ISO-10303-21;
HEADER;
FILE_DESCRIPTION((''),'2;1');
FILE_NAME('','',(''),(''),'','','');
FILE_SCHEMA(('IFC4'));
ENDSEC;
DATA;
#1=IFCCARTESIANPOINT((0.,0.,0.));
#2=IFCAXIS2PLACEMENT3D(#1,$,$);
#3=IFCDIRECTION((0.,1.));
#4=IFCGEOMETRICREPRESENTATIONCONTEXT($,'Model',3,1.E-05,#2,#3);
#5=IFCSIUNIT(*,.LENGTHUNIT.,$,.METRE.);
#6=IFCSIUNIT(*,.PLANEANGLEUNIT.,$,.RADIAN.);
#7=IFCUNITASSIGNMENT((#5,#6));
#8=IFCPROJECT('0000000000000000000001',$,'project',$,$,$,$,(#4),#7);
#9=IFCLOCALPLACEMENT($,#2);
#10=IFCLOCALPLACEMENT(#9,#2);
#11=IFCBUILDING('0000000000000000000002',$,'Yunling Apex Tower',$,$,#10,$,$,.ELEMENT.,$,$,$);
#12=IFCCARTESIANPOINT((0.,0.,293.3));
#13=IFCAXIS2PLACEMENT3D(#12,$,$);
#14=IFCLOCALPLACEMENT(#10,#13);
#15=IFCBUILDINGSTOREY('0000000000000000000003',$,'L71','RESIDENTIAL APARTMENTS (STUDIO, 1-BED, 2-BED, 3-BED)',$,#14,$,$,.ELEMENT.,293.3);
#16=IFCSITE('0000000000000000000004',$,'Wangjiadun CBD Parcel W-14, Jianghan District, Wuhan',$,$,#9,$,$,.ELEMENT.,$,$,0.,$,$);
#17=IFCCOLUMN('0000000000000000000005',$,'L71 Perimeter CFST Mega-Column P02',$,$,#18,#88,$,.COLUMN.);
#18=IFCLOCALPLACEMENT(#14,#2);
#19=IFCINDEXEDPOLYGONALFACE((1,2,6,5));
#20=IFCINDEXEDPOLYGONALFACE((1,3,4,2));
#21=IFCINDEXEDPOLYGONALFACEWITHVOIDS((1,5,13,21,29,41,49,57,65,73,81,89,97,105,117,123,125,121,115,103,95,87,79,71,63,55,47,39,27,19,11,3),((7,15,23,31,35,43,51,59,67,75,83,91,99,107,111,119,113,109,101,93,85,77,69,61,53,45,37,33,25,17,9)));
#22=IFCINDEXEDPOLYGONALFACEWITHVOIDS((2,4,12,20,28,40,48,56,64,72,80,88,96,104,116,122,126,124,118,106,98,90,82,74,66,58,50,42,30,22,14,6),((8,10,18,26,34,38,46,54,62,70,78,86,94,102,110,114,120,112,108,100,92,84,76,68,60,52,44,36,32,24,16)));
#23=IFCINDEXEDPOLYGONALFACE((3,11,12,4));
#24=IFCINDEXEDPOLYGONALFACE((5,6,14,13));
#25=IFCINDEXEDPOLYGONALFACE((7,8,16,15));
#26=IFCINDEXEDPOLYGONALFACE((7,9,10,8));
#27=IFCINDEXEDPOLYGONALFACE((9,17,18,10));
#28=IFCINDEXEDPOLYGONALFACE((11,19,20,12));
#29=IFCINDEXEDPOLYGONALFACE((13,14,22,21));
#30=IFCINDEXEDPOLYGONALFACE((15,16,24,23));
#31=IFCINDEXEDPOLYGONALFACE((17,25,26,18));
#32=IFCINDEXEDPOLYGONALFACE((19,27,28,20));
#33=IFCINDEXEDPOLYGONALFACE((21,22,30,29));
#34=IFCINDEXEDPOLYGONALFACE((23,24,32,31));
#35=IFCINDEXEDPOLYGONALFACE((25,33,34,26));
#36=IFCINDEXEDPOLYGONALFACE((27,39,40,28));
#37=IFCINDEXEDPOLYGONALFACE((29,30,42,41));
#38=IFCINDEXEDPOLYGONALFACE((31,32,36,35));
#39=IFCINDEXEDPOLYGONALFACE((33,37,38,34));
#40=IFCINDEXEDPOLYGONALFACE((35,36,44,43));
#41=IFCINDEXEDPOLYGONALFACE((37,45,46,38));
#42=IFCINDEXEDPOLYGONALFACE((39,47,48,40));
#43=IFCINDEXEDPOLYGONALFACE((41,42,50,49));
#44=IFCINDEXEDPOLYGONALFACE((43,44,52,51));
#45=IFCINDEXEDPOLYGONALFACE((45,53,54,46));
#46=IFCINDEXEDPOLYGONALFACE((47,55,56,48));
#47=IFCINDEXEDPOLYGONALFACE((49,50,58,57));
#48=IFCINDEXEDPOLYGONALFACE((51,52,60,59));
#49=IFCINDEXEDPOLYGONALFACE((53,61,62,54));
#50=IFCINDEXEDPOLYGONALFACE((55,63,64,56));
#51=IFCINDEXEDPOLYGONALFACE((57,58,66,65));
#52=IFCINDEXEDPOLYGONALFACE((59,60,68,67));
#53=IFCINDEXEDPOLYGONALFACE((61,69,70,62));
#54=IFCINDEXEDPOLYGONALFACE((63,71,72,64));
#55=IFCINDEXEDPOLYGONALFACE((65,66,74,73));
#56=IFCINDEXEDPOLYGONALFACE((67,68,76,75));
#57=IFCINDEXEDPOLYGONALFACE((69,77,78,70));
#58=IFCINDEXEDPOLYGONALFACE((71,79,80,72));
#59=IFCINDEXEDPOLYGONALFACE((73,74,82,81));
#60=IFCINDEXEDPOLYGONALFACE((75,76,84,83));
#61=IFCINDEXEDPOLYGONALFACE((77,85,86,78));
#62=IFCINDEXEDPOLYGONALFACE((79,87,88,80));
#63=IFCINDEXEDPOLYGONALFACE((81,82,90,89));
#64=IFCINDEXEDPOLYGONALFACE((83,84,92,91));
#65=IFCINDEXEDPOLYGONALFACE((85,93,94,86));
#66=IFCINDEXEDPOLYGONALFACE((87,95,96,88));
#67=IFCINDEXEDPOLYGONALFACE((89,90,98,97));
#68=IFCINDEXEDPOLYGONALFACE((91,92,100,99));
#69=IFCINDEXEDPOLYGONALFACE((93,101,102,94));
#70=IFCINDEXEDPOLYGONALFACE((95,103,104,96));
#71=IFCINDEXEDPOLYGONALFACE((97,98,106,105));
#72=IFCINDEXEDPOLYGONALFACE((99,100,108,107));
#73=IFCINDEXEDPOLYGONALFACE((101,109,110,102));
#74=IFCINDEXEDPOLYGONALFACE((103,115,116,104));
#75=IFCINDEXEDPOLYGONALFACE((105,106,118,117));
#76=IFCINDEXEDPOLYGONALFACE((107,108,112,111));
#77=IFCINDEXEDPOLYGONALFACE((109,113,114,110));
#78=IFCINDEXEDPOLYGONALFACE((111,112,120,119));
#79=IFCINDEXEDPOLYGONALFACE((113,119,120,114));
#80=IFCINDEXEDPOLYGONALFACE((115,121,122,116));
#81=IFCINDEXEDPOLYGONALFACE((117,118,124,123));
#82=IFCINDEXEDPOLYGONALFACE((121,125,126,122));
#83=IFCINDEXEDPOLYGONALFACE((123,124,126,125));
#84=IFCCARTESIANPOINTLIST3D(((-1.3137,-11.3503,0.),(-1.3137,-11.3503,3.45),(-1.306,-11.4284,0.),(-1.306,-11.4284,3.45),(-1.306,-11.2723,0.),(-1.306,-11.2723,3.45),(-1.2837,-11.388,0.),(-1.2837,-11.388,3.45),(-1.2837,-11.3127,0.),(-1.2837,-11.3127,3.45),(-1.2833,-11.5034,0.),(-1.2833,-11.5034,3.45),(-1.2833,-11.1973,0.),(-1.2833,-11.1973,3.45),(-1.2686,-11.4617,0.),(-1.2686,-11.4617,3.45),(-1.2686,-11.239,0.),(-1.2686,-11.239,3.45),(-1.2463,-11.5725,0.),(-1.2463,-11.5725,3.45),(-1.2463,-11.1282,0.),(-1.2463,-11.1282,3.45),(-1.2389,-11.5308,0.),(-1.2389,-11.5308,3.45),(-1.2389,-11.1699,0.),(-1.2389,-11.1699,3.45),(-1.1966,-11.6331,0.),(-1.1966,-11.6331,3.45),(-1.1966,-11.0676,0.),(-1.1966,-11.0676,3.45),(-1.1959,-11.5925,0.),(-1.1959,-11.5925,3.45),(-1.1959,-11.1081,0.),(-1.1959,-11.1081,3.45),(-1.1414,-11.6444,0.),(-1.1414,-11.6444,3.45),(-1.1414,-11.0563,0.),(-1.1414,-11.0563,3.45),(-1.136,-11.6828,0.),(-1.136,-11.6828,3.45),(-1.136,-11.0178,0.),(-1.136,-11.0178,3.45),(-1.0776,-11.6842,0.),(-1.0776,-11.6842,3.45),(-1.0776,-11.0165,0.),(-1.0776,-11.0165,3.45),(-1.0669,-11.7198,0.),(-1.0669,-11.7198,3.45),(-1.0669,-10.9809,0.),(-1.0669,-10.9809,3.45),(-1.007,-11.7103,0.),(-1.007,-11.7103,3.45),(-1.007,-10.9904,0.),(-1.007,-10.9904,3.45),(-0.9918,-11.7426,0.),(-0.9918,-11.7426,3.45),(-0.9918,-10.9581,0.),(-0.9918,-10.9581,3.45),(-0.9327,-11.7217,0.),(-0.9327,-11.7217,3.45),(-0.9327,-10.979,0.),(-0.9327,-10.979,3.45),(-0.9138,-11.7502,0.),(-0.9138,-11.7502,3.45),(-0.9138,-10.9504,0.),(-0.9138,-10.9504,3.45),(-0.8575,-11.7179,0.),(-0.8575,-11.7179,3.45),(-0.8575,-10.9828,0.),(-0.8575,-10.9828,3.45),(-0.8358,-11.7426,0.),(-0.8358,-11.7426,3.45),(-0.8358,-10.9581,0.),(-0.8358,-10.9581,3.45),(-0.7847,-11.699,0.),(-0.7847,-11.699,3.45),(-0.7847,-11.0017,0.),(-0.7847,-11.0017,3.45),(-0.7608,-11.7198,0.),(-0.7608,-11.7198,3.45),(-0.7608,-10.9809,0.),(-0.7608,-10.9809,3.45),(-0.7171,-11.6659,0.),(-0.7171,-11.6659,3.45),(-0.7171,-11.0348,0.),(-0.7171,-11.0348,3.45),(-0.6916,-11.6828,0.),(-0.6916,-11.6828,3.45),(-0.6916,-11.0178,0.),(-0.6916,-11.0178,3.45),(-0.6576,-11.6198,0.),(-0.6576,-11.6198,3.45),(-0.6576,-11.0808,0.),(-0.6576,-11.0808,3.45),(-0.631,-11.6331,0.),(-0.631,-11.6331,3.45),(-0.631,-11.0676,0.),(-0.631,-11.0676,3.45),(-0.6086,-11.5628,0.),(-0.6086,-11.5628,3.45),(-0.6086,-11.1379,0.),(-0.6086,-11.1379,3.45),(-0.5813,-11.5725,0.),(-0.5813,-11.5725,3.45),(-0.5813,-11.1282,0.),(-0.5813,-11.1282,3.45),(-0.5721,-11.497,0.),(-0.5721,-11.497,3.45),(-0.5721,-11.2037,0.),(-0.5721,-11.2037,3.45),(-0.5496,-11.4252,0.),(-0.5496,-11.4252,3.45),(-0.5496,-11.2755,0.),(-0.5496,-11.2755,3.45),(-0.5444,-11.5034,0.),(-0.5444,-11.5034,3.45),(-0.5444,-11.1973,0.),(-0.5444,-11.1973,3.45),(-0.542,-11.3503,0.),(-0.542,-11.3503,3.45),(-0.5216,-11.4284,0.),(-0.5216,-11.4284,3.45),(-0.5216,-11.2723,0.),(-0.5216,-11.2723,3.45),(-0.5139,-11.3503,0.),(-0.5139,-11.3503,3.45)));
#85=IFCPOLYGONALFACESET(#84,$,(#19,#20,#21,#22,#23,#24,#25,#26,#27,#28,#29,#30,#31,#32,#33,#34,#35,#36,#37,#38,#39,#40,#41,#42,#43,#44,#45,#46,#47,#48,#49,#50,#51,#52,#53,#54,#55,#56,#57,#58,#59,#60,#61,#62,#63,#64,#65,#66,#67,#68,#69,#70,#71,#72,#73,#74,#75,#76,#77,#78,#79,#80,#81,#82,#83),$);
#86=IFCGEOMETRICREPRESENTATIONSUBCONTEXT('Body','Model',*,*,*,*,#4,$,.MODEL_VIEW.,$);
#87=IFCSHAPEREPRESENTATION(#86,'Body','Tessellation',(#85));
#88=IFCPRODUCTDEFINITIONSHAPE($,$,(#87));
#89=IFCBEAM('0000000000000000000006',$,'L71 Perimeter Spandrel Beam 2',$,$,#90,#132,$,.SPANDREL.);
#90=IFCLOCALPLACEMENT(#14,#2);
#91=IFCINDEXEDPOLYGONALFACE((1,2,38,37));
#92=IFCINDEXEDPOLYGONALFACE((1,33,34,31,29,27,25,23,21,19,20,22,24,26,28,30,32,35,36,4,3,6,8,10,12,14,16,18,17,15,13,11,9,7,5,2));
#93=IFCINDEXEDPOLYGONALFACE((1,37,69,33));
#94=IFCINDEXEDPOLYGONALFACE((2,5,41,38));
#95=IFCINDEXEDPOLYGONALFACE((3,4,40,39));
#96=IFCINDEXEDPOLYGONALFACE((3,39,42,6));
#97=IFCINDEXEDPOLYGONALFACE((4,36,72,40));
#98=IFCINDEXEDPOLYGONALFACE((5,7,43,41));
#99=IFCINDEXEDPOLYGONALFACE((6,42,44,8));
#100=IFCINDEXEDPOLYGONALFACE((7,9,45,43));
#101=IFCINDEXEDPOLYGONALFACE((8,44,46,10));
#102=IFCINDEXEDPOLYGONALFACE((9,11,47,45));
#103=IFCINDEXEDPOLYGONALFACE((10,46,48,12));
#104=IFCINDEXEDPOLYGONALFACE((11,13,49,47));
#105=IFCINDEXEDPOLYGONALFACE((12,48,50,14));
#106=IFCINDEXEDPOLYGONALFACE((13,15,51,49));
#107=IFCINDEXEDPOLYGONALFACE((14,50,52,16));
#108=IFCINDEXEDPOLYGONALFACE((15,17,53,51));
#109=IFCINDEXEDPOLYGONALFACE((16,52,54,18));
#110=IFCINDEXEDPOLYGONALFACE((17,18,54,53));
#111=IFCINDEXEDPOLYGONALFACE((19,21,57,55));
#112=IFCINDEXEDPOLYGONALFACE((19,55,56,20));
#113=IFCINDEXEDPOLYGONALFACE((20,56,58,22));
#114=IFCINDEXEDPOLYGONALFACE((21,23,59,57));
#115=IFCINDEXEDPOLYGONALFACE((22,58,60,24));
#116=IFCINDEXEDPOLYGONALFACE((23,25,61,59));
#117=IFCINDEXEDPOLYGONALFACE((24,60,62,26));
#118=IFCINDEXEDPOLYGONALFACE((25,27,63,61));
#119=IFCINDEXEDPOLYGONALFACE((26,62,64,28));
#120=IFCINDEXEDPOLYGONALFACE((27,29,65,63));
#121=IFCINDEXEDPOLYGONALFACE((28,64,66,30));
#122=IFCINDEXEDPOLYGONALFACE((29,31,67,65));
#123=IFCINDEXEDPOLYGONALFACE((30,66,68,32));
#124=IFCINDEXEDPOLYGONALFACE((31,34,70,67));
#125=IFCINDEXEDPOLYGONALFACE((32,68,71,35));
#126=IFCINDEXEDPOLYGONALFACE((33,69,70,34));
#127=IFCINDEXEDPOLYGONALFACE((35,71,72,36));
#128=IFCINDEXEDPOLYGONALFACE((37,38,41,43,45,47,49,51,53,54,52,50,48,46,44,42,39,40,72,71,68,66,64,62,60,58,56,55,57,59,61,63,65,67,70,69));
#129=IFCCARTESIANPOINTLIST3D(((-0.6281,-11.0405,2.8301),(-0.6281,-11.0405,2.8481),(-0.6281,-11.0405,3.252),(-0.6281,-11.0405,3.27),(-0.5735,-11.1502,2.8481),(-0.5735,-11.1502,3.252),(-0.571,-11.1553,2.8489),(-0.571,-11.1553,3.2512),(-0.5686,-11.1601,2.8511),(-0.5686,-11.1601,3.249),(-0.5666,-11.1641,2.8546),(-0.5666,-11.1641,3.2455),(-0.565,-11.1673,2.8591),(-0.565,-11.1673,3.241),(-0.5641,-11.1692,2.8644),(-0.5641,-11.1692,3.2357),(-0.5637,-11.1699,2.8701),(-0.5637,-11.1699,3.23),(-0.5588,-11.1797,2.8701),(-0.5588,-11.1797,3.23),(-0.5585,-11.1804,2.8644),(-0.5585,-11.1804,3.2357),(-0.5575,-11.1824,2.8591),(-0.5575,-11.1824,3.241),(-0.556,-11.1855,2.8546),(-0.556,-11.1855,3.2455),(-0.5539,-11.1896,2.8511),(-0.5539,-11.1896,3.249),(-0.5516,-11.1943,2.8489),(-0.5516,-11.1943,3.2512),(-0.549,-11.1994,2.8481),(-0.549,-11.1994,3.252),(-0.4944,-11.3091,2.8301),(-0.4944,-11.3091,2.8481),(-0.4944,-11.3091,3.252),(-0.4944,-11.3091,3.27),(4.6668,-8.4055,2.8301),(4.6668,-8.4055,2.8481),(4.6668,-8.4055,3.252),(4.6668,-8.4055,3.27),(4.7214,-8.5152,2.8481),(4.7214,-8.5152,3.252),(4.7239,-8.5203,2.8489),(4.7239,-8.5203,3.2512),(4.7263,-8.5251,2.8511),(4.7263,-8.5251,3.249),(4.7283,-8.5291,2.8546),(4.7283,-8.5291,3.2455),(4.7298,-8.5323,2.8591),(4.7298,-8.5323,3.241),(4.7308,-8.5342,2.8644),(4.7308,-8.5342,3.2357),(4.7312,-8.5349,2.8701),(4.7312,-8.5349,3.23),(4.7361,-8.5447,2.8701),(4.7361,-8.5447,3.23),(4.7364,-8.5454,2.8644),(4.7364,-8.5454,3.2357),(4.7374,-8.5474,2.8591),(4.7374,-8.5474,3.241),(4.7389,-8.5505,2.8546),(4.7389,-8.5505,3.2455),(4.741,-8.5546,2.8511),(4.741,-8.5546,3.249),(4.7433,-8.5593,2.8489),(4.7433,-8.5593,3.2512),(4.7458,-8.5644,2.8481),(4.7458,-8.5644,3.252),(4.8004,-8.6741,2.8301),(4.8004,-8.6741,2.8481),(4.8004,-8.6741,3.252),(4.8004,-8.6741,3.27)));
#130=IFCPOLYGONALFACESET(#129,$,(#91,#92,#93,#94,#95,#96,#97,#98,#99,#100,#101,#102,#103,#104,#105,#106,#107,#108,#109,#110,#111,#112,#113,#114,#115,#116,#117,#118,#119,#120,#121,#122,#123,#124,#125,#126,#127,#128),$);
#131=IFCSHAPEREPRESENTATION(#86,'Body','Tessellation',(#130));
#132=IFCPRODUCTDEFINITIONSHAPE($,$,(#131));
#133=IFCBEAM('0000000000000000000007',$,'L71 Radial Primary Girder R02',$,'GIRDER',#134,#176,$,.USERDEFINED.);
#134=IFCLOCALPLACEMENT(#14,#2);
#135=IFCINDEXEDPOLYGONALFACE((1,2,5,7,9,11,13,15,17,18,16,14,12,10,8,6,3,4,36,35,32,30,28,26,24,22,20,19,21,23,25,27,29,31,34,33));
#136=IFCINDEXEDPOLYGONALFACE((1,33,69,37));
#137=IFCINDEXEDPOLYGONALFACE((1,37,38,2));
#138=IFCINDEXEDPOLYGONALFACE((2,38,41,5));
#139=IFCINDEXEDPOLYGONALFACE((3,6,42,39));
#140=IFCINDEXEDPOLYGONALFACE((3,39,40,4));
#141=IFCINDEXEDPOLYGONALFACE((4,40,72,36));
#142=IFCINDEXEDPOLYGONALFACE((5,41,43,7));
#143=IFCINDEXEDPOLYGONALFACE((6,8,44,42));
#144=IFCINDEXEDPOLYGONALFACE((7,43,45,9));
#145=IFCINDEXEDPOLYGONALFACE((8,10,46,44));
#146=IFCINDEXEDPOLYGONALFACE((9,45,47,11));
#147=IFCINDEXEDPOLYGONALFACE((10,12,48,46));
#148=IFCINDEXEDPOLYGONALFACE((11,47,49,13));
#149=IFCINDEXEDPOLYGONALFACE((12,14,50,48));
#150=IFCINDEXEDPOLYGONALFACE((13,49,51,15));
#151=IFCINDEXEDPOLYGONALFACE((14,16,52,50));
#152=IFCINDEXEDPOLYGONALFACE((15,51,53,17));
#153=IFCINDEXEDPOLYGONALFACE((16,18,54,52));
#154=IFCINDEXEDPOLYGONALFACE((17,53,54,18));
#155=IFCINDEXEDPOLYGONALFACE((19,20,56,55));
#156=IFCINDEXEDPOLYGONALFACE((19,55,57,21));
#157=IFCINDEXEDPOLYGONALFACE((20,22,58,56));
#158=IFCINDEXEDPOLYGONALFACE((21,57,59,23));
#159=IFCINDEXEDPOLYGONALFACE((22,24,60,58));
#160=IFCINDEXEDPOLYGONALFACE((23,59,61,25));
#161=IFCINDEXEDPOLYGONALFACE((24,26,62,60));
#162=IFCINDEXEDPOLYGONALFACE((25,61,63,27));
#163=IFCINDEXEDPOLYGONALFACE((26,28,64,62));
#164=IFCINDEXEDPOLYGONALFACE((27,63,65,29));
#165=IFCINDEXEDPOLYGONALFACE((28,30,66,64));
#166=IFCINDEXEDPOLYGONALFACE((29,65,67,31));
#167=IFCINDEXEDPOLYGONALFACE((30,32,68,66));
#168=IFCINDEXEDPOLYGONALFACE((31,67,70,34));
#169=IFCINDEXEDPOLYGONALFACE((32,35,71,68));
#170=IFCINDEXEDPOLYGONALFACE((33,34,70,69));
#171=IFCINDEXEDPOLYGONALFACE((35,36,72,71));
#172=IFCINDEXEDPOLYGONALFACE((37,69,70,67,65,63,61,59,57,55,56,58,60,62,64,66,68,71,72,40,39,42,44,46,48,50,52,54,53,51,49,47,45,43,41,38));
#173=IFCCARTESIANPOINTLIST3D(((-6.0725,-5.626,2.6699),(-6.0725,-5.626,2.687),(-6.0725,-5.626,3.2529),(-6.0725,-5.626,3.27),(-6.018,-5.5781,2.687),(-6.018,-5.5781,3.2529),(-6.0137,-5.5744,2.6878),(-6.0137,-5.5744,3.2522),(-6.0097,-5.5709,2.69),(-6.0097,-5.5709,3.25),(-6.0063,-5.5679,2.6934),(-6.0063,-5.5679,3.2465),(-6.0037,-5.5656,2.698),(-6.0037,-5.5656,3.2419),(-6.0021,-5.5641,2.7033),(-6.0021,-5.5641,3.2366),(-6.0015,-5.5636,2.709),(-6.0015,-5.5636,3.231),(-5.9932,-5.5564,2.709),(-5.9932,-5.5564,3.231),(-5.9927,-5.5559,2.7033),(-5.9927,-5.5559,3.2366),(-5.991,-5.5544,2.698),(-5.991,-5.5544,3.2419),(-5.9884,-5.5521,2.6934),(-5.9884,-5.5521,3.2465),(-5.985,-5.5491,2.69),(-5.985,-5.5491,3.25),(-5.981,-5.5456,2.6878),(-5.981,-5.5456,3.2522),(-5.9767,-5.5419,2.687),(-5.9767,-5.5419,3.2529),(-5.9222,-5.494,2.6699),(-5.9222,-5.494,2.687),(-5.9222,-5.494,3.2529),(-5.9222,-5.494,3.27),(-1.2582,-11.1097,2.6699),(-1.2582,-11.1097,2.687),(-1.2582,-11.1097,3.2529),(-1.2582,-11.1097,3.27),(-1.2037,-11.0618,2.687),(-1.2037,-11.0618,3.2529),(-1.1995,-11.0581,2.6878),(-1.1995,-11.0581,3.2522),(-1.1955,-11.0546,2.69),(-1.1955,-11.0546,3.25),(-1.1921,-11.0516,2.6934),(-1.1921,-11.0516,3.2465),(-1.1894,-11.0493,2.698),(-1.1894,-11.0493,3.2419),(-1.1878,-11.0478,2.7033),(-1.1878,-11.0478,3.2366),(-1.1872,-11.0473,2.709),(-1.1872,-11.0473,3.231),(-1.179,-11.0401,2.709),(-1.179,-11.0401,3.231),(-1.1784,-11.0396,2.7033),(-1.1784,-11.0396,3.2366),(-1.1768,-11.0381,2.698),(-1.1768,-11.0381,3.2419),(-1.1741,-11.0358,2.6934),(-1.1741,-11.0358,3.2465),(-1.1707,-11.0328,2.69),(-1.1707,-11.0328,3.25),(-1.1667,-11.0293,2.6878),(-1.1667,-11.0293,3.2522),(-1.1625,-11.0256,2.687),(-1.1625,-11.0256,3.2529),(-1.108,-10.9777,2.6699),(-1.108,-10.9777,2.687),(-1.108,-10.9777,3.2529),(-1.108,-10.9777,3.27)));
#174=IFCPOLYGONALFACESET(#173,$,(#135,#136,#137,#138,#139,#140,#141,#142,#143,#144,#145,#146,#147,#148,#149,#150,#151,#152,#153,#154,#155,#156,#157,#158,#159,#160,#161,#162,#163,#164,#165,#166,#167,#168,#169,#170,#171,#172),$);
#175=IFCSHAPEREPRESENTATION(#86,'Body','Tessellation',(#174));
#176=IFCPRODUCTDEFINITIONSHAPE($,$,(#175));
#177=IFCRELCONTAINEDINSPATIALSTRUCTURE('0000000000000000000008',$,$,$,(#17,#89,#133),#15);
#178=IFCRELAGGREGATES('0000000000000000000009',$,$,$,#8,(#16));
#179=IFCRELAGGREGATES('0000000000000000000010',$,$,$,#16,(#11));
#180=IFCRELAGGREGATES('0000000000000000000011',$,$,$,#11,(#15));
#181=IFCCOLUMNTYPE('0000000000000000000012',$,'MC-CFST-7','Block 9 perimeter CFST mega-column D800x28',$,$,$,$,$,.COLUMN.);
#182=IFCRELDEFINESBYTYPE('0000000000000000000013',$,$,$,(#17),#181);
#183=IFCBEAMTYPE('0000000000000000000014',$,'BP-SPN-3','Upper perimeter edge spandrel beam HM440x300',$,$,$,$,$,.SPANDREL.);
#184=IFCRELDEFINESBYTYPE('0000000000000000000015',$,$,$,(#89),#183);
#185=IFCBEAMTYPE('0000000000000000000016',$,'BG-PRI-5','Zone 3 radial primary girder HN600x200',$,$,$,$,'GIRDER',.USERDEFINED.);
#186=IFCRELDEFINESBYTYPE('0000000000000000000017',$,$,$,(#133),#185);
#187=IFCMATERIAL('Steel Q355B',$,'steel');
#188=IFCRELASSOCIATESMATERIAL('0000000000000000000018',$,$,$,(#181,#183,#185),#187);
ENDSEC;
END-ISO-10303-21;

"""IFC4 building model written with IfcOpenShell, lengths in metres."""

from ifc_helpers import new_model, si_unit, direction, frame, origin, origin_2d, place, context, subcontext, project, spatial, hollow_circle, i_section, extrude, source, transform, mapped, material, material_profile, profile_set, type_object, element, save


model = new_model("IFC4")

# Units and contexts
model_context = context("Model", 3, precision=1e-05, world=origin(), true_north=direction((0.0, 1.0)))
body_context = subcontext(model_context, "Body", "Model", "MODEL_VIEW")
ifc_project = project(units=[si_unit("LENGTHUNIT", "METRE"), si_unit("PLANEANGLEUNIT", "RADIAN")], contexts=[model_context])

# Site, building, storey
site_placement = place(None, origin())
site = spatial("IfcSite", under=ifc_project, at=site_placement, Name="Wangjiadun CBD Parcel W-14, Jianghan District, Wuhan", CompositionType="ELEMENT", RefElevation=0.0)
building_placement = place(site_placement, origin())
building = spatial("IfcBuilding", under=site, at=building_placement, Name="Yunling Apex Tower", CompositionType="ELEMENT")
storey_placement = place(building_placement, frame((0.0, 0.0, 293.3)))
storey = spatial("IfcBuildingStorey", under=building, at=storey_placement, Name="L71", Description="RESIDENTIAL APARTMENTS (STUDIO, 1-BED, 2-BED, 3-BED)", CompositionType="ELEMENT", Elevation=293.3)

# Column
ifc_material_1 = material(Name="Steel Q355B", Category="steel")
ifc_material_profile_1 = material_profile(ifc_material_1, hollow_circle(Radius=0.3999, WallThickness=0.0281, at=origin_2d()))
ifc_profile_set_1 = profile_set([ifc_material_profile_1], Name="Steel Q355B")
column_type = type_object("IfcColumnType", Name="MC-CFST-7", Description="Block 9 perimeter CFST mega-column D800x28", PredefinedType="COLUMN", material=ifc_profile_set_1)
shared_shape_1 = source(origin(), body_context, "Body", "SweptSolid", [
    extrude(hollow_circle(Radius=0.3999, WallThickness=0.0281, at=origin_2d()), origin(), (0.0, 0.0, 1.0), 3.45),
])
column_placement = place(storey_placement, frame((-0.9138, -11.3503, 0.0), z_axis=(0.0, 0.0, 1.0), x_axis=(1.0, 0.0, 0.0)))
element("IfcColumn", 1, at=column_placement, inside=storey, type_object=column_type, Name="L71 Perimeter CFST Mega-Column P02", PredefinedType="COLUMN", context=body_context, shape_type="MappedRepresentation", body=[
    mapped(shared_shape_1, transform((0.0, 0.0, 0.0), scale=1.0)),
])

# Beams
ifc_material_profile_2 = material_profile(ifc_material_1, i_section(OverallWidth=0.3, OverallDepth=0.4399, WebThickness=0.011, FlangeThickness=0.0181, FilletRadius=0.022, at=origin_2d()))
ifc_profile_set_2 = profile_set([ifc_material_profile_2], Name="Steel Q355B")
beam_type_1 = type_object("IfcBeamType", Name="BP-SPN-3", Description="Upper perimeter edge spandrel beam HM440x300", PredefinedType="SPANDREL", material=ifc_profile_set_2)
shared_shape_2 = source(origin(), body_context, "Body", "SweptSolid", [
    extrude(i_section(OverallWidth=0.3, OverallDepth=0.4399, WebThickness=0.011, FlangeThickness=0.0181, FilletRadius=0.022, at=origin_2d()), origin(), (0.0, 0.0, 1.0), 5.9143),
])
beam_1_placement = place(storey_placement, frame((-0.5613, -11.1748, 3.05), z_axis=(0.895268, 0.445529, 0.0), x_axis=(-0.445529, 0.895268, 0.0)))
element("IfcBeam", 2, at=beam_1_placement, inside=storey, type_object=beam_type_1, Name="L71 Perimeter Spandrel Beam 2", PredefinedType="SPANDREL", context=body_context, shape_type="MappedRepresentation", body=[
    mapped(shared_shape_2, transform((0.0, 0.0, 0.0), scale=1.0)),
])
ifc_material_profile_3 = material_profile(ifc_material_1, i_section(OverallWidth=0.2, OverallDepth=0.6001, WebThickness=0.011, FlangeThickness=0.0171, FilletRadius=0.022, at=origin_2d()))
ifc_profile_set_3 = profile_set([ifc_material_profile_3], Name="Steel Q355B")
beam_type_2 = type_object("IfcBeamType", Name="BG-PRI-5", Description="Zone 3 radial primary girder HN600x200", ElementType="GIRDER", PredefinedType="USERDEFINED", material=ifc_profile_set_3)
shared_shape_3 = source(origin(), body_context, "Body", "SweptSolid", [
    extrude(i_section(OverallWidth=0.2, OverallDepth=0.6001, WebThickness=0.011, FlangeThickness=0.0171, FilletRadius=0.022, at=origin_2d()), origin(), (0.0, 0.0, 1.0), 7.2971),
])
beam_2_placement = place(storey_placement, frame((-1.1831, -11.0437, 2.97), z_axis=(-0.659747, 0.751488, 0.0), x_axis=(-0.751488, -0.659747, 0.0)))
element("IfcBeam", 3, at=beam_2_placement, inside=storey, type_object=beam_type_2, Name="L71 Radial Primary Girder R02", ObjectType="GIRDER", PredefinedType="USERDEFINED", context=body_context, shape_type="MappedRepresentation", body=[
    mapped(shared_shape_3, transform((0.0, 0.0, 0.0), scale=1.0)),
])

save(model, "model.ifc")
